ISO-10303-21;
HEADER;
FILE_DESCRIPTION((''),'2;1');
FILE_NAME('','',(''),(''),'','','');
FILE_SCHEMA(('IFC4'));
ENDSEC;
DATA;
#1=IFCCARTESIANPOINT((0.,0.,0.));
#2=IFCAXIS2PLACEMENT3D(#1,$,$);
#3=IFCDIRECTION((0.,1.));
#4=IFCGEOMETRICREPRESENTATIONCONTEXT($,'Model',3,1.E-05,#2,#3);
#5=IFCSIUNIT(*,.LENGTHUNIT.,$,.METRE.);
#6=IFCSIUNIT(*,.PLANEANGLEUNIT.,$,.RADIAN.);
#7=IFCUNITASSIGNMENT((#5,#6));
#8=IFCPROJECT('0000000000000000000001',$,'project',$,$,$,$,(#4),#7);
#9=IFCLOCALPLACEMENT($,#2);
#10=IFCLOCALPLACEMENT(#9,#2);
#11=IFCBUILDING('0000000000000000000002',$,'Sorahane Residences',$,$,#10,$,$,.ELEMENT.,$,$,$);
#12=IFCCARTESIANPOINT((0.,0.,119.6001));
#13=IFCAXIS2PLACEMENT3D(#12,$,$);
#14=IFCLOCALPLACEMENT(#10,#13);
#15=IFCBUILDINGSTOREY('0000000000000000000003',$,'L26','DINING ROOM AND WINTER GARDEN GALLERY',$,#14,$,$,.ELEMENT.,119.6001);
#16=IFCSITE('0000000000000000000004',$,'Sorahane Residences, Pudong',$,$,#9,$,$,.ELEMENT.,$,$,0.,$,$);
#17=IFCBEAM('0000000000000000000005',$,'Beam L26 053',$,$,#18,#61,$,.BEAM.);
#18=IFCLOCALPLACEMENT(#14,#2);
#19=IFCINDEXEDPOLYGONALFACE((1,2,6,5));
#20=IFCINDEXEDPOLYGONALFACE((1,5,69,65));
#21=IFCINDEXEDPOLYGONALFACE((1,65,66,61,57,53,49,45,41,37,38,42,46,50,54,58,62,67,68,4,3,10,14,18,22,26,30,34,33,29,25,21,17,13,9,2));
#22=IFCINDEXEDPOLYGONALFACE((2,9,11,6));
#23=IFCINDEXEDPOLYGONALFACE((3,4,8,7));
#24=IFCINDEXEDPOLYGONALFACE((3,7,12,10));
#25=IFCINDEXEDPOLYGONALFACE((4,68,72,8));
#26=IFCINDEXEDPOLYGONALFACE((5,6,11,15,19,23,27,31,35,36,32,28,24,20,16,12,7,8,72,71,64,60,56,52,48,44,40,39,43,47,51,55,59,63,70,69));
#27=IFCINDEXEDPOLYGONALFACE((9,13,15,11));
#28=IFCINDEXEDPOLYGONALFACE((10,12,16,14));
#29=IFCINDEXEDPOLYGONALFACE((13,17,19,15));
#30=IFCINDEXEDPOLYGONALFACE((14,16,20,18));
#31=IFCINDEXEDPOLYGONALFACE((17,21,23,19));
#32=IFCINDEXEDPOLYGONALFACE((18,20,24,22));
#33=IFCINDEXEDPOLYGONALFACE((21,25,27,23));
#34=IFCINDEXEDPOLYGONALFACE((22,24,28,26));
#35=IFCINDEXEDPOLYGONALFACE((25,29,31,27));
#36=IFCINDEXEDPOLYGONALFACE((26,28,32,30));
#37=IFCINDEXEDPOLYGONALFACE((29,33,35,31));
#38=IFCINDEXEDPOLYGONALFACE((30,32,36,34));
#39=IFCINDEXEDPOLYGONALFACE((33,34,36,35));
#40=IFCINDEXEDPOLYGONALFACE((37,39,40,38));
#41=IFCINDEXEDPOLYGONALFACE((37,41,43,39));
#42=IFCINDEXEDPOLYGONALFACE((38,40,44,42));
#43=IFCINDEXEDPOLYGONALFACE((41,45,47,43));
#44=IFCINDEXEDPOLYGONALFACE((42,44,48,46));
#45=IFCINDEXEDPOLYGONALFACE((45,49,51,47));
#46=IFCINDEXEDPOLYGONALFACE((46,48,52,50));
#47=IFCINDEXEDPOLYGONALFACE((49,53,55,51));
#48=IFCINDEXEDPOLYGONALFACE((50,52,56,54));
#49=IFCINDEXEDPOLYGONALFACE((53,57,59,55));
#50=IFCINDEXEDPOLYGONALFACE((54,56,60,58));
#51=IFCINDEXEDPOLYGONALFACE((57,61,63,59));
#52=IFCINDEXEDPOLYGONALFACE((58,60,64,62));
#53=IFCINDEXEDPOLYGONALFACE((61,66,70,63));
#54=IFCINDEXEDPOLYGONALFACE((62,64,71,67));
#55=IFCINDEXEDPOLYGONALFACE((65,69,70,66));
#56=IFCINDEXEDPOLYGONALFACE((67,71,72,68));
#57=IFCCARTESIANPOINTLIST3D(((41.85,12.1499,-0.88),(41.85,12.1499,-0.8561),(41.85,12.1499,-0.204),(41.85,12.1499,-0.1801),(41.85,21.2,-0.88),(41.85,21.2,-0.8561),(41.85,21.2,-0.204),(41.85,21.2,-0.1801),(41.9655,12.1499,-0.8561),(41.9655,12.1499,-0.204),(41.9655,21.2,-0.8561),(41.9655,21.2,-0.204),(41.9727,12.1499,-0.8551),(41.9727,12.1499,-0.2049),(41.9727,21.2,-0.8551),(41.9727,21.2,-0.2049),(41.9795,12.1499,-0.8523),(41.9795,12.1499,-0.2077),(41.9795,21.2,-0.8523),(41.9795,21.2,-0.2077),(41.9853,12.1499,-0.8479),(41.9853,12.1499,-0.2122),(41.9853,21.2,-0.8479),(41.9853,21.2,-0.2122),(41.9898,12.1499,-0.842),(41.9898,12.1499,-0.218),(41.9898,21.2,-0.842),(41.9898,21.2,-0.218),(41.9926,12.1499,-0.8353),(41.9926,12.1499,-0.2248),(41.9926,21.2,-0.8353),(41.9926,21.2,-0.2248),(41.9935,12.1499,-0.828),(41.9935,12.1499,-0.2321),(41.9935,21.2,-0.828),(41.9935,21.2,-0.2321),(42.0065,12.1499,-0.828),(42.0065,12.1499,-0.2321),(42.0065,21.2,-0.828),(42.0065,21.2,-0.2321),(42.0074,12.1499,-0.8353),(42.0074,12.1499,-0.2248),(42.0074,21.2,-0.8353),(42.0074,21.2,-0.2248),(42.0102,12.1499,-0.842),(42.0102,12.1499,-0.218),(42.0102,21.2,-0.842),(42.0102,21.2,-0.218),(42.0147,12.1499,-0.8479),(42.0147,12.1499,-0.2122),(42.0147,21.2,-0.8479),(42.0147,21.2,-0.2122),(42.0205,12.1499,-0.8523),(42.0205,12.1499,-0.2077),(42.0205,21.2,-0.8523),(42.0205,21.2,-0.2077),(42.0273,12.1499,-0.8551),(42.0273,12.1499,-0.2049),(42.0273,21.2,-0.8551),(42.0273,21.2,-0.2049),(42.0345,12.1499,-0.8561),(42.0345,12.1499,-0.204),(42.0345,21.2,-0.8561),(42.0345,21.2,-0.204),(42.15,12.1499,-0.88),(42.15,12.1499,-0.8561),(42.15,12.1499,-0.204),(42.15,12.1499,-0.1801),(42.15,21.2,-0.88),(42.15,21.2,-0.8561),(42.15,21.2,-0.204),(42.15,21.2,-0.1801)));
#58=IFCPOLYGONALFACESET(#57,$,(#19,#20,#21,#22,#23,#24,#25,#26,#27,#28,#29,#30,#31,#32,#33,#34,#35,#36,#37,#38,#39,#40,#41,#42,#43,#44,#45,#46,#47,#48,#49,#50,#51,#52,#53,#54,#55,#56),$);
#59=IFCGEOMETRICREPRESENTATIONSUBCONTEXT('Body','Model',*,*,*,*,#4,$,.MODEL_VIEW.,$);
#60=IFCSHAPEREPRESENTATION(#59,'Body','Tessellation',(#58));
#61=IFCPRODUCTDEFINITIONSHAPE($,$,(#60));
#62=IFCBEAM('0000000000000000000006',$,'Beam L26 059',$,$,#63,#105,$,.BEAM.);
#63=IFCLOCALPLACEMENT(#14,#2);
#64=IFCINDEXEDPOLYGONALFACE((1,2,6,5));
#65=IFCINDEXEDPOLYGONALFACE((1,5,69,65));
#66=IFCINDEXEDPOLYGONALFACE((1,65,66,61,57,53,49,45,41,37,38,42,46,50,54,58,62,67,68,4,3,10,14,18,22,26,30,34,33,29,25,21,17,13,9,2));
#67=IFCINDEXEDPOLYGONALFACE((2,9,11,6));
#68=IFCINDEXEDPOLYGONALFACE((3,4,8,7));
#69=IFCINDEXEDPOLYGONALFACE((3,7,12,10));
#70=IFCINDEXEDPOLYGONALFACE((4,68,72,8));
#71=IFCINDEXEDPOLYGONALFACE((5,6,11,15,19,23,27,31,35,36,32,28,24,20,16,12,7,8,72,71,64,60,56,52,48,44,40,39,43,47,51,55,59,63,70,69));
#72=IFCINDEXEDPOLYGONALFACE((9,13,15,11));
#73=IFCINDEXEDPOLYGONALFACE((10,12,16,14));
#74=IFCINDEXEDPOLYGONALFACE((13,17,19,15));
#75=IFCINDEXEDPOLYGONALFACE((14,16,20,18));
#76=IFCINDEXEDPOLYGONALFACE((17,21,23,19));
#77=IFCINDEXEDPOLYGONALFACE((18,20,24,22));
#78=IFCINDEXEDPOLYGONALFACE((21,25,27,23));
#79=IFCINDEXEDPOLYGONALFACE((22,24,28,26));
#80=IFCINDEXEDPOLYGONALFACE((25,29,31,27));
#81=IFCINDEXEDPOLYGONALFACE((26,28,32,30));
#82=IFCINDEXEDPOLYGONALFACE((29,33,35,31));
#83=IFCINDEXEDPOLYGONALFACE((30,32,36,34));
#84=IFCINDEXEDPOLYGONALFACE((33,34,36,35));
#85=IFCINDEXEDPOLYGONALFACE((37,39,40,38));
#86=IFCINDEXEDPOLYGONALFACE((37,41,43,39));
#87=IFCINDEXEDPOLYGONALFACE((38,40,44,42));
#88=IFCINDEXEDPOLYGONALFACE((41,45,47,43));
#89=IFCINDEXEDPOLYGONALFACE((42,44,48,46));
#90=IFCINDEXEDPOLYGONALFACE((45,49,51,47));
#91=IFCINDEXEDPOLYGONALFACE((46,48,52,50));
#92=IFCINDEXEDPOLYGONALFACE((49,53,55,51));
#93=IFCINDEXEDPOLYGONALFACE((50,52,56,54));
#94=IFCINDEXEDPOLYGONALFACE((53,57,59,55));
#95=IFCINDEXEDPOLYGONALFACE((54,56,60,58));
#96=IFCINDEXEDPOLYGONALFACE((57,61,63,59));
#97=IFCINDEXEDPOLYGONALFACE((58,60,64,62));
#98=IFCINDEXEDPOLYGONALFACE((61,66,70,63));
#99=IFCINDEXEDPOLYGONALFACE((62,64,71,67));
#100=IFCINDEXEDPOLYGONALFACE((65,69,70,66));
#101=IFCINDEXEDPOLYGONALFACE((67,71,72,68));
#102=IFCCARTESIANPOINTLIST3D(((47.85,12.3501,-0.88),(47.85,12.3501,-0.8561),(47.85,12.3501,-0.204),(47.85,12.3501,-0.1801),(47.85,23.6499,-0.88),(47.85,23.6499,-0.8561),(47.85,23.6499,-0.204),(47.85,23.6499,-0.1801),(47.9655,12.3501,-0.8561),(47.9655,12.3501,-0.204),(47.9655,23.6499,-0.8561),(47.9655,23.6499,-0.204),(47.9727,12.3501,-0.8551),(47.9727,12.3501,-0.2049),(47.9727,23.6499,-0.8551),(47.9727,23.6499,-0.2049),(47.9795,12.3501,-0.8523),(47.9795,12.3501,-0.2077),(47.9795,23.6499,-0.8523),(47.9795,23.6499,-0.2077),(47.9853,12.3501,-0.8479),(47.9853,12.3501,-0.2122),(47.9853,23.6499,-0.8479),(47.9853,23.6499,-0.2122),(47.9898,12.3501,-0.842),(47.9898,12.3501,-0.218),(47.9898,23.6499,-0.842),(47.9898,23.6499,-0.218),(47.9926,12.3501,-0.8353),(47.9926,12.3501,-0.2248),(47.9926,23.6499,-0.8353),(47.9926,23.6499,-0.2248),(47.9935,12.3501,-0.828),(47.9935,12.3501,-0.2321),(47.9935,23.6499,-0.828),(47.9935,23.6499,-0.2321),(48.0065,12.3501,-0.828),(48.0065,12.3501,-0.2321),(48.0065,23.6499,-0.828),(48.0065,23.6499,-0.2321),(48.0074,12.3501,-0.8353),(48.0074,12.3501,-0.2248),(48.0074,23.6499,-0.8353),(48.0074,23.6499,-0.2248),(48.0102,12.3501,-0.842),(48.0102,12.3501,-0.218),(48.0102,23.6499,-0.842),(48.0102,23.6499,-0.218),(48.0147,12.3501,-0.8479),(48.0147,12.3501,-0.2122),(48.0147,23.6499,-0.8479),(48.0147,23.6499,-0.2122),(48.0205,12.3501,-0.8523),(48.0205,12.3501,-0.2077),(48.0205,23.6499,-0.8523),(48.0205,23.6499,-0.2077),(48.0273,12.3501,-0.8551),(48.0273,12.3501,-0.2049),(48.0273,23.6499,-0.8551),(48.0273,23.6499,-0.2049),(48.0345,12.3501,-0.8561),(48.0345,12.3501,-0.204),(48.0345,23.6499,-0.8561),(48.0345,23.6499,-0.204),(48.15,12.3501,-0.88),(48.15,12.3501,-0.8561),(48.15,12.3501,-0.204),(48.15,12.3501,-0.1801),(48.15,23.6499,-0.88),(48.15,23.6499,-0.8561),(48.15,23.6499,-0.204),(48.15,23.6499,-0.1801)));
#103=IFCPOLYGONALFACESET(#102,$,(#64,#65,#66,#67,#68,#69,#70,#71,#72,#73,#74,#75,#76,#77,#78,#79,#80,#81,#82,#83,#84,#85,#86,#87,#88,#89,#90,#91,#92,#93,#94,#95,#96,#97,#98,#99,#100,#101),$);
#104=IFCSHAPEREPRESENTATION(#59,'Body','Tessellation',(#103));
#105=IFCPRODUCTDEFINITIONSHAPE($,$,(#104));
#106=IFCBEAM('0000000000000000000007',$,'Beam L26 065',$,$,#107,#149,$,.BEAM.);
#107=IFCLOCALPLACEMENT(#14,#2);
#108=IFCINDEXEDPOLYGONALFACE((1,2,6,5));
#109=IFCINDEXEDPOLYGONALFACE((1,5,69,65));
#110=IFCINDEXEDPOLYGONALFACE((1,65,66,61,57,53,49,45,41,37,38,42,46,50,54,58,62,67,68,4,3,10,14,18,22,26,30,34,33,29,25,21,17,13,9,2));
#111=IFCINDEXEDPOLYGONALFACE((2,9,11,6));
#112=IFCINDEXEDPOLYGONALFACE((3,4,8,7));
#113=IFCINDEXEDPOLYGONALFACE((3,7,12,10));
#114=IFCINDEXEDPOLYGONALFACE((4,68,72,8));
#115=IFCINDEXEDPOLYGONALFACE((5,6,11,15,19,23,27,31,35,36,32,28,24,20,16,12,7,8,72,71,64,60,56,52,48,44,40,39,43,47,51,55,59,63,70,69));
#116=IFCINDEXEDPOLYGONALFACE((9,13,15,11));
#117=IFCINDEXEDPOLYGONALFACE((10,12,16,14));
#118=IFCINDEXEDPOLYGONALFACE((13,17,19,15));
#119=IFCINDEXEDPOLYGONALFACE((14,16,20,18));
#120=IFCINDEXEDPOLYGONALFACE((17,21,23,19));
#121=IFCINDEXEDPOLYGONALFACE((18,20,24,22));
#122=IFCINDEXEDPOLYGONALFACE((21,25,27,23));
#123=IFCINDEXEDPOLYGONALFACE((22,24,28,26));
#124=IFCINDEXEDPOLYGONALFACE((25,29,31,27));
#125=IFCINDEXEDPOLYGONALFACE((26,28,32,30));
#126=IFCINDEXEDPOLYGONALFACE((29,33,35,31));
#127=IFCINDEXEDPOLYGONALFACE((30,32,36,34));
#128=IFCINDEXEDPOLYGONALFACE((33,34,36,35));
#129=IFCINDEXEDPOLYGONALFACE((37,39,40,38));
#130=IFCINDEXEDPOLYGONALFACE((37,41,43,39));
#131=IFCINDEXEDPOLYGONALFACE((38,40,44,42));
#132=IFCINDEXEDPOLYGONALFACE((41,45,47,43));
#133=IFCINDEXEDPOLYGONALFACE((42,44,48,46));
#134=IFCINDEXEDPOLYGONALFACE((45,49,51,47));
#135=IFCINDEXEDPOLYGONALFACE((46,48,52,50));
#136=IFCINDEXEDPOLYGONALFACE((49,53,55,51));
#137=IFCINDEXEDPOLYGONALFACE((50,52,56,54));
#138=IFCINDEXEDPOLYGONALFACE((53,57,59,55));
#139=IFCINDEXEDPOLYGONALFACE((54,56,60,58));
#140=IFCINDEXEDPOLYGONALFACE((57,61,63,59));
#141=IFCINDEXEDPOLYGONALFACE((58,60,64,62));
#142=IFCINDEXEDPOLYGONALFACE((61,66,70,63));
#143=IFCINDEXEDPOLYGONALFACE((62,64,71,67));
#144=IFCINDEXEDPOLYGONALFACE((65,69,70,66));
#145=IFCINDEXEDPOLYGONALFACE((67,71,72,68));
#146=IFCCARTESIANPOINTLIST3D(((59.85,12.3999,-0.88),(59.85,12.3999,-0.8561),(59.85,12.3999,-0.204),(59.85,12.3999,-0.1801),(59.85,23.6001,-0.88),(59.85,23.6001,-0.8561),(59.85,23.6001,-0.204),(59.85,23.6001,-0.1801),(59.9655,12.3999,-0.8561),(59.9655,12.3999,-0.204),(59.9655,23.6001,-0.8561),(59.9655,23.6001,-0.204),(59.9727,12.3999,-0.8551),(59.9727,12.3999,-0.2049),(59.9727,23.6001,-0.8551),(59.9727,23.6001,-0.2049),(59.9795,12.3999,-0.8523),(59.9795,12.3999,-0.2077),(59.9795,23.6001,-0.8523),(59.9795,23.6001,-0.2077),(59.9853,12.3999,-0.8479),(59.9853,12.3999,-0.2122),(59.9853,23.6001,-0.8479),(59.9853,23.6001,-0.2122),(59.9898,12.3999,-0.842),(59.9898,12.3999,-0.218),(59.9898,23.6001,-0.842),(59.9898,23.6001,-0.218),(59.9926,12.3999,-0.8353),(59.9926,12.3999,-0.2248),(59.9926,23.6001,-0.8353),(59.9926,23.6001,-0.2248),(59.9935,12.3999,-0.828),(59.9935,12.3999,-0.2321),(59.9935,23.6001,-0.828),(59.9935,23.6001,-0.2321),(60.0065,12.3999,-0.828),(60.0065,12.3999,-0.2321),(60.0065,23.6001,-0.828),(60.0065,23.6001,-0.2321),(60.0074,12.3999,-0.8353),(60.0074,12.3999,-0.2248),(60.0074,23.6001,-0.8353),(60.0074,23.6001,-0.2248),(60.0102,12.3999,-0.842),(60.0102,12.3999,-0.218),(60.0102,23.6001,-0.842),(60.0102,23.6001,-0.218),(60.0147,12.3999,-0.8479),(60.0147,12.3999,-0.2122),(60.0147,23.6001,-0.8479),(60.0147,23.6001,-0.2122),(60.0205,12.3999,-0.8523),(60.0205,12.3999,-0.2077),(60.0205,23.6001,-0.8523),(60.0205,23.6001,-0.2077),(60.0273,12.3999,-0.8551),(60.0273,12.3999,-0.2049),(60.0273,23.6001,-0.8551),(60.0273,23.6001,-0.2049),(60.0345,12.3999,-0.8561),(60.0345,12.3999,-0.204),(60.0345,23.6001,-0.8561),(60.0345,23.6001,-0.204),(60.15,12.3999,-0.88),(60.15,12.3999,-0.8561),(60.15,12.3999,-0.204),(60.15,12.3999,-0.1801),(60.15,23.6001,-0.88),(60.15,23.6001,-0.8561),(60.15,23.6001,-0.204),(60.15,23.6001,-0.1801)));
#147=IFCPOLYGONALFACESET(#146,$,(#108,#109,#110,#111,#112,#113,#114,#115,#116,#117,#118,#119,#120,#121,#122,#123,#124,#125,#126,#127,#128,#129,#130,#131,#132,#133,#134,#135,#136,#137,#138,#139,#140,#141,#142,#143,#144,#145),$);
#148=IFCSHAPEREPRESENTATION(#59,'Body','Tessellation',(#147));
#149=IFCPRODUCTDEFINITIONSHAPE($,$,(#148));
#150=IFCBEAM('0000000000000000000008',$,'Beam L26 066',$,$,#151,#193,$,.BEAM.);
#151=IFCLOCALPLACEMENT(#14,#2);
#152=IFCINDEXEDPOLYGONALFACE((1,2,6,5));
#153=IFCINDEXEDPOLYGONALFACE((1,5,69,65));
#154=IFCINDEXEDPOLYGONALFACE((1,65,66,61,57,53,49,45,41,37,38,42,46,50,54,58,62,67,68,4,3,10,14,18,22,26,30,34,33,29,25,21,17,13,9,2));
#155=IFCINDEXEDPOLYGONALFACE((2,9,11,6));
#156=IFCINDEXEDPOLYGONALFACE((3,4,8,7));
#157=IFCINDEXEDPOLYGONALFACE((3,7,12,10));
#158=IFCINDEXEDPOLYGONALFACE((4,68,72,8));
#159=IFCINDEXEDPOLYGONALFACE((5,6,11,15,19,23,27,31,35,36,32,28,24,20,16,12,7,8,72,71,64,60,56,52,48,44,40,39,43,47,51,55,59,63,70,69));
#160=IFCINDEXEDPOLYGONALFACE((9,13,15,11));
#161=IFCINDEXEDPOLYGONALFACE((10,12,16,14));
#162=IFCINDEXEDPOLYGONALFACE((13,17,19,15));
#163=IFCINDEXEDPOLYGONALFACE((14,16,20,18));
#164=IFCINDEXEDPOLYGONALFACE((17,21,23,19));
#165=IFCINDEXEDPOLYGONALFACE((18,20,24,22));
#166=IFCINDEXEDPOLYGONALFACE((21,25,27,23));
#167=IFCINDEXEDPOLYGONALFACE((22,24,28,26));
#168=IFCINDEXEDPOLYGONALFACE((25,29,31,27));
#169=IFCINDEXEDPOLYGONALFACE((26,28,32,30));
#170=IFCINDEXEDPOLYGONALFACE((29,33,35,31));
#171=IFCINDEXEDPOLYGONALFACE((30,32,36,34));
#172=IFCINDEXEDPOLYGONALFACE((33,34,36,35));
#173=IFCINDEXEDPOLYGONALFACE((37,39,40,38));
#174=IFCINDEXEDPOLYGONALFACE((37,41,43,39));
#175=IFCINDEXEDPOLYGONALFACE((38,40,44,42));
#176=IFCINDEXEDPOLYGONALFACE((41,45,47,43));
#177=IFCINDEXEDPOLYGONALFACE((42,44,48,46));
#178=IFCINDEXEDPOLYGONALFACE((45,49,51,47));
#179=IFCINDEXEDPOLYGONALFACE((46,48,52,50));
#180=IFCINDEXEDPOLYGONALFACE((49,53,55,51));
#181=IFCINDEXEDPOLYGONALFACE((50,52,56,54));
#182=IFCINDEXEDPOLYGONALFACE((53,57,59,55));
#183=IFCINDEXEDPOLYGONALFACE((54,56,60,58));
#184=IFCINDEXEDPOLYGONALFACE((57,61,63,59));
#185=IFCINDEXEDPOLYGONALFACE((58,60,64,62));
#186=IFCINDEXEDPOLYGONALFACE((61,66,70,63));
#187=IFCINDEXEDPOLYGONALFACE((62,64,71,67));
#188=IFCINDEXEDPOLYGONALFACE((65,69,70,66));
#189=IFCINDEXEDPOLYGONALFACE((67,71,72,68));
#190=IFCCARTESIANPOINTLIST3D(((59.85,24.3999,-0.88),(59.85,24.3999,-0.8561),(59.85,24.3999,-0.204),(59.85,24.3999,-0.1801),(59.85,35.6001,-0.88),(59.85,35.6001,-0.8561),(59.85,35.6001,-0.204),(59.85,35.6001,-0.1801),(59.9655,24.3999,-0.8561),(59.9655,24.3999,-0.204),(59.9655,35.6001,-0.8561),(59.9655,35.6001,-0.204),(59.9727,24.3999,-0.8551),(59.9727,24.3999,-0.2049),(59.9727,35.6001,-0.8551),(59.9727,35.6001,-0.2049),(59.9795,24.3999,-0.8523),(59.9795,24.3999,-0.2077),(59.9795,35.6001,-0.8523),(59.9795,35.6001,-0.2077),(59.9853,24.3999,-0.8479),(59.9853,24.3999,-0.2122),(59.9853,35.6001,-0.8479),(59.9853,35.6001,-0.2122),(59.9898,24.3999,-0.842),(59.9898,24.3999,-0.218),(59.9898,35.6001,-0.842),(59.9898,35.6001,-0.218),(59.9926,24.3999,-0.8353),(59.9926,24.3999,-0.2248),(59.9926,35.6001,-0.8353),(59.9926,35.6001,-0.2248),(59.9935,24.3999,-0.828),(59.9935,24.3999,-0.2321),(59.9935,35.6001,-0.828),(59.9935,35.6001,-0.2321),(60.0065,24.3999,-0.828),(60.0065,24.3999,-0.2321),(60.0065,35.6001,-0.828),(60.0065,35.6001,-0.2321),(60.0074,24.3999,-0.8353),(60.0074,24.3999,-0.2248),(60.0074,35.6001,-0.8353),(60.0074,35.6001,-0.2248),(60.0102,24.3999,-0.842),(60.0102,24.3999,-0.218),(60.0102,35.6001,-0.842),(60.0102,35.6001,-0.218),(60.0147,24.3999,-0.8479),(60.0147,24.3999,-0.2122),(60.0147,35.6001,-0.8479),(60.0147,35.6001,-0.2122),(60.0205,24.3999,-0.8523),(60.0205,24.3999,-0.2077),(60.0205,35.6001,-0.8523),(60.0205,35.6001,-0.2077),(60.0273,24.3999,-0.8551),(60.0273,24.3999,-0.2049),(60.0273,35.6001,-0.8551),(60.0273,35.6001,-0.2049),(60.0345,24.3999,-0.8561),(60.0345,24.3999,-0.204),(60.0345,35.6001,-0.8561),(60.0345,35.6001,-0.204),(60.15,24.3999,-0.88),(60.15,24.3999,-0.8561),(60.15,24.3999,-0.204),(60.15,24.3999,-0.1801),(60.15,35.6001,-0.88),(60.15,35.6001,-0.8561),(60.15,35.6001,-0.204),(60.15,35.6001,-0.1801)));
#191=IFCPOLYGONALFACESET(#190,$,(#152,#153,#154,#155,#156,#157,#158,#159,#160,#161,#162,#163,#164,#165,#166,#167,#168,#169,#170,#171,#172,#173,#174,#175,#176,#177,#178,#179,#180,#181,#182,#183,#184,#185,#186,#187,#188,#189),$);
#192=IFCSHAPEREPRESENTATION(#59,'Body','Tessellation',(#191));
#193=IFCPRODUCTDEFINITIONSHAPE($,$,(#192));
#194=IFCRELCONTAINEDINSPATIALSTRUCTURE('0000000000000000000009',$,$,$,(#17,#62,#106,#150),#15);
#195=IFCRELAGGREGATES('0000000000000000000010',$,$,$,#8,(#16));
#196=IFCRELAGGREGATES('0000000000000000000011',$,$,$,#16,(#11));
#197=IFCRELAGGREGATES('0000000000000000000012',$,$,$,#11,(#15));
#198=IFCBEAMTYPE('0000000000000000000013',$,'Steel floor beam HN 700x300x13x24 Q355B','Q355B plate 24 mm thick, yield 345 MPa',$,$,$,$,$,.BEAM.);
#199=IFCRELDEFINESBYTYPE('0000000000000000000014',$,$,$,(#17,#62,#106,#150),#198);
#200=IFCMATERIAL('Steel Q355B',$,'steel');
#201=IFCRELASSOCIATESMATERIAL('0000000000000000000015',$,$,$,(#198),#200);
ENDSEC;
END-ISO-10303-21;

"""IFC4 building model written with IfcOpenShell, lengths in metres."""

from ifc_helpers import new_model, si_unit, direction, frame, origin, origin_2d, place, context, subcontext, project, spatial, i_section, extrude, material, material_profile, profile_set, type_object, element, save


model = new_model("IFC4")

# Units and contexts
model_context = context("Model", 3, precision=1e-05, world=origin(), true_north=direction((0.0, 1.0)))
body_context = subcontext(model_context, "Body", "Model", "MODEL_VIEW")
ifc_project = project(units=[si_unit("LENGTHUNIT", "METRE"), si_unit("PLANEANGLEUNIT", "RADIAN")], contexts=[model_context])

# Site, building, storey
site_placement = place(None, origin())
site = spatial("IfcSite", under=ifc_project, at=site_placement, Name="Sorahane Residences, Pudong", CompositionType="ELEMENT", RefElevation=0.0)
building_placement = place(site_placement, origin())
building = spatial("IfcBuilding", under=site, at=building_placement, Name="Sorahane Residences", CompositionType="ELEMENT")
storey_placement = place(building_placement, frame((0.0, 0.0, 119.6001)))
storey = spatial("IfcBuildingStorey", under=building, at=storey_placement, Name="L26", Description="DINING ROOM AND WINTER GARDEN GALLERY", CompositionType="ELEMENT", Elevation=119.6001)

# Beams
ifc_material_1 = material(Name="Steel Q355B", Category="steel")
ifc_material_profile_1 = material_profile(ifc_material_1, i_section(OverallWidth=0.3, OverallDepth=0.7, WebThickness=0.0129, FlangeThickness=0.0239, FilletRadius=0.0281, at=origin_2d()), Name="HN 700x300x13x24")
ifc_profile_set_1 = profile_set([ifc_material_profile_1], Name="Steel Q355B")
beam_type_1 = type_object("IfcBeamType", Name="Steel floor beam HN 700x300x13x24 Q355B", Description="Q355B plate 24 mm thick, yield 345 MPa", PredefinedType="BEAM", material=ifc_profile_set_1)
beam_1_placement = place(storey_placement, frame((42.0, 12.1499, -0.53), z_axis=(0.0, 1.0, 0.0), x_axis=(-1.0, 0.0, 0.0)))
element("IfcBeam", 1, at=beam_1_placement, inside=storey, type_object=beam_type_1, Name="Beam L26 053", PredefinedType="BEAM", context=body_context, shape_type="SweptSolid", body=[
    extrude(i_section(OverallWidth=0.3, OverallDepth=0.7, WebThickness=0.0129, FlangeThickness=0.0239, FilletRadius=0.0281, at=origin_2d()), origin(), (0.0, 0.0, 1.0), 9.05),
])
beam_2_placement = place(storey_placement, frame((48.0, 12.3501, -0.53), z_axis=(0.0, 1.0, 0.0), x_axis=(-1.0, 0.0, 0.0)))
element("IfcBeam", 2, at=beam_2_placement, inside=storey, type_object=beam_type_1, Name="Beam L26 059", PredefinedType="BEAM", context=body_context, shape_type="SweptSolid", body=[
    extrude(i_section(OverallWidth=0.3, OverallDepth=0.7, WebThickness=0.0129, FlangeThickness=0.0239, FilletRadius=0.0281, at=origin_2d()), origin(), (0.0, 0.0, 1.0), 11.2998),
])
for number, where, z_axis, x_axis, name in (
    (3, (60.0, 12.3999, -0.53), (0.0, 1.0, 0.0), (-1.0, 0.0, 0.0), "Beam L26 065"),
    (4, (60.0, 24.3999, -0.53), (0.0, 1.0, 0.0), (-1.0, 0.0, 0.0), "Beam L26 066"),
):
    element("IfcBeam", number, at=place(storey_placement, frame(where, z_axis=z_axis, x_axis=x_axis)), inside=storey, type_object=beam_type_1, Name=name, PredefinedType="BEAM", context=body_context, shape_type="SweptSolid", body=[
        extrude(i_section(OverallWidth=0.3, OverallDepth=0.7, WebThickness=0.0129, FlangeThickness=0.0239, FilletRadius=0.0281, at=origin_2d()), origin(), (0.0, 0.0, 1.0), 11.2002),
    ])

save(model, "model.ifc")
